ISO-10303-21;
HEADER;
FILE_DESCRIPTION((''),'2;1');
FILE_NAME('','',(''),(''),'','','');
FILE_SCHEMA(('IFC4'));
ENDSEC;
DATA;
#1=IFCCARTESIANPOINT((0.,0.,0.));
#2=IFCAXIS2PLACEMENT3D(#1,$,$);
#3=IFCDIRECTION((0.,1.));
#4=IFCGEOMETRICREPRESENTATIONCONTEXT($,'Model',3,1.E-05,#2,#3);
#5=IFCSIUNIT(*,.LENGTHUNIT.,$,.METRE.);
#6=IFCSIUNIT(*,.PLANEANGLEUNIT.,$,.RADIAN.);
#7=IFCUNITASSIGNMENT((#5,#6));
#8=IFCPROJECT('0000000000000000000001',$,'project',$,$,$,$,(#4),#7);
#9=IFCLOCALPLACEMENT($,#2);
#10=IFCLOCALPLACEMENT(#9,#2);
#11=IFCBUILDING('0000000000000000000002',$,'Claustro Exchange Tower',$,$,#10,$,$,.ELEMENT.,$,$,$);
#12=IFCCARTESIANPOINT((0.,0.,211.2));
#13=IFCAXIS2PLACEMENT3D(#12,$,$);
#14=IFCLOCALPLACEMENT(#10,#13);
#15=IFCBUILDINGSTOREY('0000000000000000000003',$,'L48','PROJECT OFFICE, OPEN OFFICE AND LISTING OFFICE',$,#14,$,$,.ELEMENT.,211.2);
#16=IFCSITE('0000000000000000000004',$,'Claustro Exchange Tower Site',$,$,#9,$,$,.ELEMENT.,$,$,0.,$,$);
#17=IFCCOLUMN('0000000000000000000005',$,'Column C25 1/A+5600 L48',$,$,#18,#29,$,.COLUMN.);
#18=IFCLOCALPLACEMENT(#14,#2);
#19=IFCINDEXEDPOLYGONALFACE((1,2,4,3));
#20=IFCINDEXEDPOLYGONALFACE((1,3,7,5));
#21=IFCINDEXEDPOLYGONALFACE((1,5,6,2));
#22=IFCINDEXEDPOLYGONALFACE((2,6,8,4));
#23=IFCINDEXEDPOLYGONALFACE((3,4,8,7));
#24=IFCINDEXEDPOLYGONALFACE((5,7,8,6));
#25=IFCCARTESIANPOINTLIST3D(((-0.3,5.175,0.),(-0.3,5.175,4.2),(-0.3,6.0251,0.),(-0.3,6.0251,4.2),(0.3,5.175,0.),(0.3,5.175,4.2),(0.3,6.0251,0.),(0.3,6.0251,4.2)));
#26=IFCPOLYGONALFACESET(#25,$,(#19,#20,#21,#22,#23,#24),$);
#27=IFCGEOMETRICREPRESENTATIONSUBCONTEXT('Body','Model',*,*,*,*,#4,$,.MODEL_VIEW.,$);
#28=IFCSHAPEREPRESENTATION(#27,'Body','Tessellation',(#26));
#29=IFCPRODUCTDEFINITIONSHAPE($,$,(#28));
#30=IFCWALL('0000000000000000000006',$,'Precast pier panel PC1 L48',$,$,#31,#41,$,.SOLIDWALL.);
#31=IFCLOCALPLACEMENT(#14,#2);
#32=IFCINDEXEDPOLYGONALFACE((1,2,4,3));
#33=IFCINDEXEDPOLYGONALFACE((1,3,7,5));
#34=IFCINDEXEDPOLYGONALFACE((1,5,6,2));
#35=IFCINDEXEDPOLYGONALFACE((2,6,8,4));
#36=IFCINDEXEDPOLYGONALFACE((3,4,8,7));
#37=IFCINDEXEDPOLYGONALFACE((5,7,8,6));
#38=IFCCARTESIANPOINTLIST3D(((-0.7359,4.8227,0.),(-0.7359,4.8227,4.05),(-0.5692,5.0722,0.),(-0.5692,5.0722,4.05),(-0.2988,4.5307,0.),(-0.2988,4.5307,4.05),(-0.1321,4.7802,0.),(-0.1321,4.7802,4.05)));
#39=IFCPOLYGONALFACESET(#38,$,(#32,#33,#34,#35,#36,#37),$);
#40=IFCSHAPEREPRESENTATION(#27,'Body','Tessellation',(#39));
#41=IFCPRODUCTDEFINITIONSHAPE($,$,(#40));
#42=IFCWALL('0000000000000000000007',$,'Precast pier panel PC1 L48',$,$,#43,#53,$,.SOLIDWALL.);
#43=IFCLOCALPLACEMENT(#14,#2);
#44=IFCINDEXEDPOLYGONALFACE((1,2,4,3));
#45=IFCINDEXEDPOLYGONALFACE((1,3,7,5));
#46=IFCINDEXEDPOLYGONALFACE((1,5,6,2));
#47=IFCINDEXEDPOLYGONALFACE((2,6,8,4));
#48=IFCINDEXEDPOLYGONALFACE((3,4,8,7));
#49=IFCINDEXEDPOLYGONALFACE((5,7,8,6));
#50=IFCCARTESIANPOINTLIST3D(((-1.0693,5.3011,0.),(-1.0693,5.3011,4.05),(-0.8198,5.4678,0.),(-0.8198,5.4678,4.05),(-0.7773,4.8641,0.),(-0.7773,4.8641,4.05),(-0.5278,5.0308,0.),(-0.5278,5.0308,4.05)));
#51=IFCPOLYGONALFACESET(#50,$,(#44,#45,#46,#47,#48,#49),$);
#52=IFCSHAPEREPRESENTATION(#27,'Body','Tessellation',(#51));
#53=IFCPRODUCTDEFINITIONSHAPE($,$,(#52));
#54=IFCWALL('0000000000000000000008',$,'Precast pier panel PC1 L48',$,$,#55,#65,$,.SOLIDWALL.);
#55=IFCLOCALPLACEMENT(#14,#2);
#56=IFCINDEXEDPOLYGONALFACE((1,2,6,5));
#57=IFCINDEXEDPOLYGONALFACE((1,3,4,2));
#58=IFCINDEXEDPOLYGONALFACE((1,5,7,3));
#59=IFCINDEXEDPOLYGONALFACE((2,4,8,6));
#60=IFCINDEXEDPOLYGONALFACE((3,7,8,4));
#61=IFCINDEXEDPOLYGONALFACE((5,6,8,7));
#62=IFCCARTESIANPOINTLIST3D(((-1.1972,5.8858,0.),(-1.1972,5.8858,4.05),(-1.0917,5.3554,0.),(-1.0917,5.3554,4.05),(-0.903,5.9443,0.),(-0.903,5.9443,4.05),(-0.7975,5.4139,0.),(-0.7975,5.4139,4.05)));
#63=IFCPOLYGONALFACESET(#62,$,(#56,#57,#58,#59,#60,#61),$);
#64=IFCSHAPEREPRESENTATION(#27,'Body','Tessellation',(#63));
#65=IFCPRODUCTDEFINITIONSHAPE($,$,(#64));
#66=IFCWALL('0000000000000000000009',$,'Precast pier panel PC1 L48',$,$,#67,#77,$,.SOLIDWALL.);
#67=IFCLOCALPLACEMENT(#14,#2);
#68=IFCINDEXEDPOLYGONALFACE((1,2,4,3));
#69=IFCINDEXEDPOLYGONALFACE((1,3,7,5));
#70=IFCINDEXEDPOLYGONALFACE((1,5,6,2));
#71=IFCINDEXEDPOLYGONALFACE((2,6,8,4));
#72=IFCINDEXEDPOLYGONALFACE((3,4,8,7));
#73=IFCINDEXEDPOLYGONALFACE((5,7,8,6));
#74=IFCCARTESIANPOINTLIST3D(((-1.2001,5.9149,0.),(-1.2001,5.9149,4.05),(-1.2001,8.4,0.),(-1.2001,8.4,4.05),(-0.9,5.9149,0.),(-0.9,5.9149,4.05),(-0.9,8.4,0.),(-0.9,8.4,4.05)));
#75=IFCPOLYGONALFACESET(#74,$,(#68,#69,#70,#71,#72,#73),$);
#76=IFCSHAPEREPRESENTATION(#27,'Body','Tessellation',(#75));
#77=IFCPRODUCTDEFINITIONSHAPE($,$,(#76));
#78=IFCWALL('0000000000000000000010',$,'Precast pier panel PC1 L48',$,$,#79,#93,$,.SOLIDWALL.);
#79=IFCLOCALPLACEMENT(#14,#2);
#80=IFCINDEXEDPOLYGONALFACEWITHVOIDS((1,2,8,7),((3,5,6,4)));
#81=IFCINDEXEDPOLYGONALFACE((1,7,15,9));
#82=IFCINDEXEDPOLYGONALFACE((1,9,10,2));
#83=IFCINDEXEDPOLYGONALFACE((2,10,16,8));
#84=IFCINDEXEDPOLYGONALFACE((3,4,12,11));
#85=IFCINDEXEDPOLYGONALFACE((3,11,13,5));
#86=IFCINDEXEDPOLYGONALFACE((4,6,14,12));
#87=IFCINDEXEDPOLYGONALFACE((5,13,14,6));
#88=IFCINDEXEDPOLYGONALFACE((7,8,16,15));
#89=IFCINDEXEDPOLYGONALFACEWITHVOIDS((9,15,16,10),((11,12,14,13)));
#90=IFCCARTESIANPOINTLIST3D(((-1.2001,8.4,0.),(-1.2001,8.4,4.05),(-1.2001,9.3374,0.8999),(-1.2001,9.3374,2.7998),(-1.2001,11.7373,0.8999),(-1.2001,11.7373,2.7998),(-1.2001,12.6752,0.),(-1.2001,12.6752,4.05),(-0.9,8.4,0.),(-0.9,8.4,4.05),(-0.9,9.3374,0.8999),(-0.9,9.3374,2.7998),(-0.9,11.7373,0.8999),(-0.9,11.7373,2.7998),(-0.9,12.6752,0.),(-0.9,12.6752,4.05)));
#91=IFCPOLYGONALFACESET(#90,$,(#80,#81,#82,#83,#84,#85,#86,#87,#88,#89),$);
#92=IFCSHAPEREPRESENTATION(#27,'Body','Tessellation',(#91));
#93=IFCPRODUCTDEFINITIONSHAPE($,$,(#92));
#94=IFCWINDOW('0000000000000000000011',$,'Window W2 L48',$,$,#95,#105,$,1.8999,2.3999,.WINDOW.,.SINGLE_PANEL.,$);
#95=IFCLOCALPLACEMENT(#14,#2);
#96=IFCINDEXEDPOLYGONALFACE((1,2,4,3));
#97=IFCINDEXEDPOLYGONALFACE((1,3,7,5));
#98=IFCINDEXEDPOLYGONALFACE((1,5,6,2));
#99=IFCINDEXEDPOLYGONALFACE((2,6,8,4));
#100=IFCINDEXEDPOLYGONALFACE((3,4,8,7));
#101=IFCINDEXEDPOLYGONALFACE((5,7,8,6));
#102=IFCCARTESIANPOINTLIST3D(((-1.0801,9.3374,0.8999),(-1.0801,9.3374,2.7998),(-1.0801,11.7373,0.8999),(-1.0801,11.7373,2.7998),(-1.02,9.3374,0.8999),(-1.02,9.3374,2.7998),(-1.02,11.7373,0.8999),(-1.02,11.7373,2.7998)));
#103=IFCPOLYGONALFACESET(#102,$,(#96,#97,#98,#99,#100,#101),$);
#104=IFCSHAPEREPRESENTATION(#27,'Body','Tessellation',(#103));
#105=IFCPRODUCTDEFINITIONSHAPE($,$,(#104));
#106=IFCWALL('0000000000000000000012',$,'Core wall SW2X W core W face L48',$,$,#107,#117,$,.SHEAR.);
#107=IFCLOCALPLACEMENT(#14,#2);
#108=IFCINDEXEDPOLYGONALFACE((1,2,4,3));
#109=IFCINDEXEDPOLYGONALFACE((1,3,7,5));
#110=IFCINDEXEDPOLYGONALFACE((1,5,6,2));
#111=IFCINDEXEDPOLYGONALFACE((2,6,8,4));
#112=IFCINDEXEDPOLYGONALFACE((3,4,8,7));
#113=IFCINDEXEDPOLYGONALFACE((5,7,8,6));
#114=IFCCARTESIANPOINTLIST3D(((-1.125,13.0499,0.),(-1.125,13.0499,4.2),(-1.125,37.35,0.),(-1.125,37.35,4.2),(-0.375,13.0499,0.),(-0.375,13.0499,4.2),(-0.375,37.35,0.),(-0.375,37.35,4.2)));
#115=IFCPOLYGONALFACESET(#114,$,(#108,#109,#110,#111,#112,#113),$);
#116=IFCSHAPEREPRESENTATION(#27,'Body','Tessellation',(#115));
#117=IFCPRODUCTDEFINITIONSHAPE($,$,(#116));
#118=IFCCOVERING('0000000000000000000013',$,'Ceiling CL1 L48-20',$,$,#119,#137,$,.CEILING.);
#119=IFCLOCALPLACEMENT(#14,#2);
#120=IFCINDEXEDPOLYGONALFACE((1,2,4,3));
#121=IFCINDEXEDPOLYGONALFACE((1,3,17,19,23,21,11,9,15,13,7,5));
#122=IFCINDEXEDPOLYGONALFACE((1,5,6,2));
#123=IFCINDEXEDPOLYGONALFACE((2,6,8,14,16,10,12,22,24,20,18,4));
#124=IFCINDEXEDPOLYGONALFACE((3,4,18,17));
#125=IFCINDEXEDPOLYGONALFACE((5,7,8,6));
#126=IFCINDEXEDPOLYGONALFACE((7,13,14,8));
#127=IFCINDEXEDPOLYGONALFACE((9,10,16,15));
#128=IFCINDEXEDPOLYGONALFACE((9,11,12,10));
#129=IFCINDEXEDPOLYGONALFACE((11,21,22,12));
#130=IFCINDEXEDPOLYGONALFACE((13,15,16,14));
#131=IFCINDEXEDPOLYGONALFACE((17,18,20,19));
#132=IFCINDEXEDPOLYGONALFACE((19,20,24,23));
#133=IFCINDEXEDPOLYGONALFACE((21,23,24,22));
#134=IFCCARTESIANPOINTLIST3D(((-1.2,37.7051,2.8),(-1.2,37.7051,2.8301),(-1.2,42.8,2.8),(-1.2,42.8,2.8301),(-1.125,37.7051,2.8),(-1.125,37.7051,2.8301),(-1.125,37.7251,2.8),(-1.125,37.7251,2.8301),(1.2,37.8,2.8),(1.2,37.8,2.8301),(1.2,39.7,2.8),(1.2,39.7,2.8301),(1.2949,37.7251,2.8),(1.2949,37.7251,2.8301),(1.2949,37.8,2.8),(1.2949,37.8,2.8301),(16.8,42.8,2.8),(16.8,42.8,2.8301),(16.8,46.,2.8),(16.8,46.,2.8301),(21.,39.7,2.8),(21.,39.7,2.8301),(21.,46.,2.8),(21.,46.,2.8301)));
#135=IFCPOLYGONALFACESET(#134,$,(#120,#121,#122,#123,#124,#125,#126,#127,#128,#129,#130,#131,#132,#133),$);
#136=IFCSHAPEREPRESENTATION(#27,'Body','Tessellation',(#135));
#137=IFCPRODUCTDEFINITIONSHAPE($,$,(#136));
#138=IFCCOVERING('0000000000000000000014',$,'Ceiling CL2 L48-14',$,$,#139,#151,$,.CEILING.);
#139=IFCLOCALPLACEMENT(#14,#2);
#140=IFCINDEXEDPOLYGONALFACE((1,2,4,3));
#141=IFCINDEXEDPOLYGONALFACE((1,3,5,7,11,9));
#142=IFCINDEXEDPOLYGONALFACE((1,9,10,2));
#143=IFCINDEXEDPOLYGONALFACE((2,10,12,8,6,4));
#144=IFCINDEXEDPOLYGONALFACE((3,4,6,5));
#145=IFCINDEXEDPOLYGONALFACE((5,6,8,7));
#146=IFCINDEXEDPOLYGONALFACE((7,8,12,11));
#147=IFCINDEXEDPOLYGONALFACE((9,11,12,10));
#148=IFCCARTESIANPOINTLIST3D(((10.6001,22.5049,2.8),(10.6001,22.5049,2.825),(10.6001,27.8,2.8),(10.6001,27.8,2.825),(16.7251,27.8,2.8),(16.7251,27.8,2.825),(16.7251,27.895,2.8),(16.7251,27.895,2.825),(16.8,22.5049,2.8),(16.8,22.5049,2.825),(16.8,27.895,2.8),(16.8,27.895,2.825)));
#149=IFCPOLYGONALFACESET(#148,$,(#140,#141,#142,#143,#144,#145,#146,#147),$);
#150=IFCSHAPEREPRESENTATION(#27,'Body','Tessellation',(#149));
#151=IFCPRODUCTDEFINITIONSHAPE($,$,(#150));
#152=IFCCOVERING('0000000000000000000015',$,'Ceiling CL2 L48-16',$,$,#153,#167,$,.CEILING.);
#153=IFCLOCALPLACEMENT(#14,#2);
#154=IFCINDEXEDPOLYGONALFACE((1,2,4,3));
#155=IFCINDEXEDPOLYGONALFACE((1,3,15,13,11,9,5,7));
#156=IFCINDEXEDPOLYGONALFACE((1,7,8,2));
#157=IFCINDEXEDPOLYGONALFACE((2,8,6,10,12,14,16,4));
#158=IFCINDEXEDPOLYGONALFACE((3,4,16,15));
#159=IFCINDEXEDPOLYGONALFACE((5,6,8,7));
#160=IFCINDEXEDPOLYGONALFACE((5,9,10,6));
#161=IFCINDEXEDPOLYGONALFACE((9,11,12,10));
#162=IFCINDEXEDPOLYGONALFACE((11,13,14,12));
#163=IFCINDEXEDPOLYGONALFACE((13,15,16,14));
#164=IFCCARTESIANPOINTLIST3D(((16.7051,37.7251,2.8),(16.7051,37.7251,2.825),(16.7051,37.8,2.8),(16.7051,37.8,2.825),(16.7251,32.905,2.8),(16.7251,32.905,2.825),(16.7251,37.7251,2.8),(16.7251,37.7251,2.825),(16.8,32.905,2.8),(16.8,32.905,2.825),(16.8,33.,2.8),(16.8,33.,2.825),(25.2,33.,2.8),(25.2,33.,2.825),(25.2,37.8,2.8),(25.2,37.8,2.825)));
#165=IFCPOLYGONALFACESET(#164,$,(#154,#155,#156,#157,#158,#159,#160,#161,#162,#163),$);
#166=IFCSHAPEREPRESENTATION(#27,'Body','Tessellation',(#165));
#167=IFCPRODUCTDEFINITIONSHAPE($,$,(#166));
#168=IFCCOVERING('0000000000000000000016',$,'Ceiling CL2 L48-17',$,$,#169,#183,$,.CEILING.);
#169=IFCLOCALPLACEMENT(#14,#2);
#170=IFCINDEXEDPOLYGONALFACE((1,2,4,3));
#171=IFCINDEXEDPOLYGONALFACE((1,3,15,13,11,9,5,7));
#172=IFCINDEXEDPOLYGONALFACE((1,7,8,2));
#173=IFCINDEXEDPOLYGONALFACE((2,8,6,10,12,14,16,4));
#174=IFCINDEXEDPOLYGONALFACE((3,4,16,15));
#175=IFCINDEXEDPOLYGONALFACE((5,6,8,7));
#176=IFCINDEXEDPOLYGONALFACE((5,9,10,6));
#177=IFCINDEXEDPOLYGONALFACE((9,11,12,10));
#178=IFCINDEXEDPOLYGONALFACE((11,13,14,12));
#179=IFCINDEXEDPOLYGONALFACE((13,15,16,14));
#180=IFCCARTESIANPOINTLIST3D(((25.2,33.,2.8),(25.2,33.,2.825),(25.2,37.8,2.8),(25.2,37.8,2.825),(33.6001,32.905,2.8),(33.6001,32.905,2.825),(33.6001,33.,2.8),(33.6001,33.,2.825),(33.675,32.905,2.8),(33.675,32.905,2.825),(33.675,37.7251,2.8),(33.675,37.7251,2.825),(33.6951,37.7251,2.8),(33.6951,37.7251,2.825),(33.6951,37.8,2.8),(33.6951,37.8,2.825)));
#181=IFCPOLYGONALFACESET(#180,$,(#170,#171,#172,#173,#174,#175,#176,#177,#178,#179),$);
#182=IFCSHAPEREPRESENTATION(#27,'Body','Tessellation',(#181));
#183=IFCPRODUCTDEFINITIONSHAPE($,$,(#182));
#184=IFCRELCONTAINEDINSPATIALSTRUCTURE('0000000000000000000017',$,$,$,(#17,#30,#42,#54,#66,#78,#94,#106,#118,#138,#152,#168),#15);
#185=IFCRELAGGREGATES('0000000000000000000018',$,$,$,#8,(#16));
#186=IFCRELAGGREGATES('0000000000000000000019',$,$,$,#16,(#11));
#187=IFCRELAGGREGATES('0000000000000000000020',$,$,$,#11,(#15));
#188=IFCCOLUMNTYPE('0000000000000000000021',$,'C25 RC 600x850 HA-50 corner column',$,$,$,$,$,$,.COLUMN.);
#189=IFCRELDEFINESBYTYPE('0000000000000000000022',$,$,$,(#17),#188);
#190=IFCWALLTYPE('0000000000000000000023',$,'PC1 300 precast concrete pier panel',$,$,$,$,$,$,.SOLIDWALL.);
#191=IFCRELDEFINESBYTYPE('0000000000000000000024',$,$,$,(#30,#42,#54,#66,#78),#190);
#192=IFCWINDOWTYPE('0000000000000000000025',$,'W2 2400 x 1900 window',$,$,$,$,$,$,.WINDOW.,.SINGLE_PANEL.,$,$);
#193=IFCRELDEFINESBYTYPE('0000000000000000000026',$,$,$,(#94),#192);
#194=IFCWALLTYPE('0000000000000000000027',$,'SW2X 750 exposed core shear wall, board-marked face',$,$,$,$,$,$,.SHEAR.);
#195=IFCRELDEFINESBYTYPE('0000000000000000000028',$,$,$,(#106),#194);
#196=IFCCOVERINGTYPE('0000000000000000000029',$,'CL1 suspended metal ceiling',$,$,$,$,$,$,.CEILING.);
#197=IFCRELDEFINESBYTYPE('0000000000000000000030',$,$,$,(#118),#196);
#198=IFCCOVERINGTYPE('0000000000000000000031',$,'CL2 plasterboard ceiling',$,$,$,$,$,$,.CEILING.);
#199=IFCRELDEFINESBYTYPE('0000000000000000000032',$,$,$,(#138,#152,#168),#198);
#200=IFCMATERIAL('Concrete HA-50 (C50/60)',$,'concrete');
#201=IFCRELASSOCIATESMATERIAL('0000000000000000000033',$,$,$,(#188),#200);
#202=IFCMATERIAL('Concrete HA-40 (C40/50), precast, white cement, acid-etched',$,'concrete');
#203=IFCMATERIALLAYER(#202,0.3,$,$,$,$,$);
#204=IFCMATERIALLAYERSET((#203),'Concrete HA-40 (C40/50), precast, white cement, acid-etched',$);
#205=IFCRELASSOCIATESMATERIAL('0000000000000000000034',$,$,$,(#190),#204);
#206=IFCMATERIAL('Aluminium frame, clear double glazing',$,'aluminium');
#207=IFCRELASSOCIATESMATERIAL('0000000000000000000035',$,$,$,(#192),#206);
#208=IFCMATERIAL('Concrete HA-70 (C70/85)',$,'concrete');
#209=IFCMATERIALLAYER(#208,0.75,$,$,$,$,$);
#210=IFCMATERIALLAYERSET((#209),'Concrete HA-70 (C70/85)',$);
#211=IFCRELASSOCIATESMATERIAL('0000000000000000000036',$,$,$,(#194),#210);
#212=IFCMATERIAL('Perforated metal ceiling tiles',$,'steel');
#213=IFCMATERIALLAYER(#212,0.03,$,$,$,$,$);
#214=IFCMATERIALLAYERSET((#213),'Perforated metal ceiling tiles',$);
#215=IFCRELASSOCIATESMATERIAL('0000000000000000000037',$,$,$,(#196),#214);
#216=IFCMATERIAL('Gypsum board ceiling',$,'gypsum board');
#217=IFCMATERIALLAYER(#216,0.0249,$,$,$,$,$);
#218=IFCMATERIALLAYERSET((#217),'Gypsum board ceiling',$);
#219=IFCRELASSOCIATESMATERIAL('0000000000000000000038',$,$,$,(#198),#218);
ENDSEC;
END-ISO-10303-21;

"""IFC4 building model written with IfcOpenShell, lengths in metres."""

from ifc_helpers import new_model, si_unit, direction, frame, frame_2d, origin, origin_2d, place, context, subcontext, project, spatial, polyline, rectangle, outline, extrude, material, layer, layer_set, material_profile, profile_set, type_object, element, fill, save


model = new_model("IFC4")

# Units and contexts
model_context = context("Model", 3, precision=1e-05, world=origin(), true_north=direction((0.0, 1.0)))
body_context = subcontext(model_context, "Body", "Model", "MODEL_VIEW")
ifc_project = project(units=[si_unit("LENGTHUNIT", "METRE"), si_unit("PLANEANGLEUNIT", "RADIAN")], contexts=[model_context])

# Site, building, storey
site_placement = place(None, origin())
site = spatial("IfcSite", under=ifc_project, at=site_placement, Name="Claustro Exchange Tower Site", CompositionType="ELEMENT", RefElevation=0.0)
building_placement = place(site_placement, origin())
building = spatial("IfcBuilding", under=site, at=building_placement, Name="Claustro Exchange Tower", CompositionType="ELEMENT")
storey_placement = place(building_placement, frame((0.0, 0.0, 211.2)))
storey = spatial("IfcBuildingStorey", under=building, at=storey_placement, Name="L48", Description="PROJECT OFFICE, OPEN OFFICE AND LISTING OFFICE", CompositionType="ELEMENT", Elevation=211.2)

# Column
ifc_material_1 = material(Name="Concrete HA-50 (C50/60)", Category="concrete")
ifc_material_profile = material_profile(ifc_material_1, rectangle(XDim=0.6001, YDim=0.8501, at=origin_2d()), Name="RC 600x850")
ifc_profile_set = profile_set([ifc_material_profile], Name="Concrete HA-50 (C50/60)")
column_type = type_object("IfcColumnType", Name="C25 RC 600x850 HA-50 corner column", PredefinedType="COLUMN", material=ifc_profile_set)
column_placement = place(storey_placement, frame((0.0, 5.6001, 0.0), z_axis=(0.0, 0.0, 1.0), x_axis=(1.0, 0.0, 0.0)))
element("IfcColumn", 1, at=column_placement, inside=storey, type_object=column_type, Name="Column C25 1/A+5600 L48", PredefinedType="COLUMN", context=body_context, shape_type="SweptSolid", body=[
    extrude(rectangle(XDim=0.6001, YDim=0.8501, at=origin_2d()), origin(), (0.0, 0.0, 1.0), 4.2),
])

# Walls
ifc_material_2 = material(Name="Concrete HA-40 (C40/50), precast, white cement, acid-etched", Category="concrete")
ifc_layer_1 = layer(ifc_material_2, 0.3)
ifc_layer_set_1 = layer_set([ifc_layer_1], Name="Concrete HA-40 (C40/50), precast, white cement, acid-etched")
wall_type_1 = type_object("IfcWallType", Name="PC1 300 precast concrete pier panel", PredefinedType="SOLIDWALL", material=ifc_layer_set_1)
for number, where, z_axis, x_axis, name in (
    (2, (-0.2156, 4.6555, 0.0), (0.0, 0.0, 1.0), (-0.831478, 0.555557, 0.0), "Precast pier panel PC1 L48"),
    (3, (-0.6526, 4.9475, 0.0), (0.0, 0.0, 1.0), (-0.555557, 0.831478, 0.0), "Precast pier panel PC1 L48"),
):
    element("IfcWall", number, at=place(storey_placement, frame(where, z_axis=z_axis, x_axis=x_axis)), inside=storey, type_object=wall_type_1, Name=name, PredefinedType="SOLIDWALL", context=body_context, shape_type="SweptSolid", body=[
        extrude(rectangle(XDim=0.5256, YDim=0.3, at=frame_2d((0.2627, 0.0))), origin(), (0.0, 0.0, 1.0), 4.05),
    ])
wall_1_placement = place(storey_placement, frame((-0.9446, 5.3845, 0.0), z_axis=(0.0, 0.0, 1.0), x_axis=(-0.195074, 0.980789, 0.0)))
element("IfcWall", 4, at=wall_1_placement, inside=storey, type_object=wall_type_1, Name="Precast pier panel PC1 L48", PredefinedType="SOLIDWALL", context=body_context, shape_type="SweptSolid", body=[
    extrude(rectangle(XDim=0.5408, YDim=0.3, at=frame_2d((0.2705, 0.0))), origin(), (0.0, 0.0, 1.0), 4.05),
])
wall_2_placement = place(storey_placement, frame((-1.05, 5.9148, 0.0), z_axis=(0.0, 0.0, 1.0), x_axis=(0.0, 1.0, 0.0)))
element("IfcWall", 5, at=wall_2_placement, inside=storey, type_object=wall_type_1, Name="Precast pier panel PC1 L48", PredefinedType="SOLIDWALL", context=body_context, shape_type="SweptSolid", body=[
    extrude(rectangle(XDim=2.4851, YDim=0.3, at=frame_2d((1.2427, 0.0))), origin(), (0.0, 0.0, 1.0), 4.05),
])

# Wall, opening, window
wall_3_placement = place(storey_placement, frame((-1.05, 8.3999, 0.0), z_axis=(0.0, 0.0, 1.0), x_axis=(0.0, 1.0, 0.0)))
wall_3 = element("IfcWall", 6, at=wall_3_placement, inside=storey, type_object=wall_type_1, Name="Precast pier panel PC1 L48", PredefinedType="SOLIDWALL", context=body_context, shape_type="SweptSolid", body=[
    extrude(rectangle(XDim=4.2751, YDim=0.3, at=frame_2d((2.1377, 0.0))), origin(), (0.0, 0.0, 1.0), 4.05),
])
opening_1_placement = place(wall_3_placement, frame((0.9375, 0.0, 0.8999)))
opening_1 = element("IfcOpeningElement", 7, at=opening_1_placement, cuts=wall_3, PredefinedType="OPENING", context=body_context, shape_type="SweptSolid", body=[
    extrude(rectangle(XDim=2.3999, YDim=1.8999, at=frame_2d((1.2, 0.95))), frame((0.0, 0.1599, 0.0), z_axis=(0.0, -1.0, 0.0), x_axis=(1.0, 0.0, 0.0)), (0.0, 0.0, 1.0), 0.3201),
])
ifc_material_3 = material(Name="Aluminium frame, clear double glazing", Category="aluminium")
window_type = type_object("IfcWindowType", Name="W2 2400 x 1900 window", PartitioningType="SINGLE_PANEL", PredefinedType="WINDOW", material=ifc_material_3)
window_placement = place(opening_1_placement, origin())
window = element("IfcWindow", 8, at=window_placement, inside=storey, type_object=window_type, Name="Window W2 L48", OverallHeight=1.8999, OverallWidth=2.3999, PartitioningType="SINGLE_PANEL", PredefinedType="WINDOW", context=body_context, shape_type="SweptSolid", body=[
    extrude(rectangle(XDim=2.3999, YDim=1.8999, at=frame_2d((1.2, 0.95))), frame((0.0, 0.03, 0.0), z_axis=(0.0, -1.0, 0.0), x_axis=(1.0, 0.0, 0.0)), (0.0, 0.0, 1.0), 0.0601),
])
fill(opening_1, window)

# Wall
ifc_material_4 = material(Name="Concrete HA-70 (C70/85)", Category="concrete")
ifc_layer_2 = layer(ifc_material_4, 0.75)
ifc_layer_set_2 = layer_set([ifc_layer_2], Name="Concrete HA-70 (C70/85)")
wall_type_2 = type_object("IfcWallType", Name="SW2X 750 exposed core shear wall, board-marked face", PredefinedType="SHEAR", material=ifc_layer_set_2)
wall_4_placement = place(storey_placement, frame((-0.75, 13.05, 0.0), z_axis=(0.0, 0.0, 1.0), x_axis=(0.0, 1.0, 0.0)))
element("IfcWall", 9, at=wall_4_placement, inside=storey, type_object=wall_type_2, Name="Core wall SW2X W core W face L48", PredefinedType="SHEAR", context=body_context, shape_type="SweptSolid", body=[
    extrude(rectangle(XDim=24.3, YDim=0.75, at=frame_2d((12.1499, 0.0))), origin(), (0.0, 0.0, 1.0), 4.2),
])

# Coverings
ifc_material_5 = material(Name="Perforated metal ceiling tiles", Category="steel")
ifc_layer_3 = layer(ifc_material_5, 0.03)
ifc_layer_set_3 = layer_set([ifc_layer_3], Name="Perforated metal ceiling tiles")
covering_type_1 = type_object("IfcCoveringType", Name="CL1 suspended metal ceiling", PredefinedType="CEILING", material=ifc_layer_set_3)
covering_1_placement = place(storey_placement, frame((0.0, 0.0, 2.8)))
element("IfcCovering", 10, at=covering_1_placement, inside=storey, type_object=covering_type_1, Name="Ceiling CL1 L48-20", PredefinedType="CEILING", context=body_context, shape_type="SweptSolid", body=[
    extrude(outline(polyline([(-1.125, 37.7251), (1.2949, 37.7251), (1.2949, 37.8), (1.2, 37.8), (1.2, 39.7), (21.0, 39.7), (21.0, 46.0), (16.8, 46.0), (16.8, 42.8), (-1.2, 42.8), (-1.2, 37.7051), (-1.125, 37.7051), (-1.125, 37.7251)])), origin(), (0.0, 0.0, 1.0), 0.03),
])
ifc_material_6 = material(Name="Gypsum board ceiling", Category="gypsum board")
ifc_layer_4 = layer(ifc_material_6, 0.0249)
ifc_layer_set_4 = layer_set([ifc_layer_4], Name="Gypsum board ceiling")
covering_type_2 = type_object("IfcCoveringType", Name="CL2 plasterboard ceiling", PredefinedType="CEILING", material=ifc_layer_set_4)
covering_2_placement = place(storey_placement, frame((0.0, 0.0, 2.8)))
element("IfcCovering", 11, at=covering_2_placement, inside=storey, type_object=covering_type_2, Name="Ceiling CL2 L48-14", PredefinedType="CEILING", context=body_context, shape_type="SweptSolid", body=[
    extrude(outline(polyline([(10.6001, 27.8), (10.6001, 22.5049), (16.8, 22.5049), (16.8, 27.895), (16.7251, 27.895), (16.7251, 27.8), (10.6001, 27.8)])), origin(), (0.0, 0.0, 1.0), 0.0249),
])
covering_3_placement = place(storey_placement, frame((0.0, 0.0, 2.8)))
element("IfcCovering", 12, at=covering_3_placement, inside=storey, type_object=covering_type_2, Name="Ceiling CL2 L48-16", PredefinedType="CEILING", context=body_context, shape_type="SweptSolid", body=[
    extrude(outline(polyline([(25.2, 37.8), (16.7051, 37.8), (16.7051, 37.7251), (16.7251, 37.7251), (16.7251, 32.905), (16.8, 32.905), (16.8, 33.0), (25.2, 33.0), (25.2, 37.8)])), origin(), (0.0, 0.0, 1.0), 0.0249),
])
covering_4_placement = place(storey_placement, frame((0.0, 0.0, 2.8)))
element("IfcCovering", 13, at=covering_4_placement, inside=storey, type_object=covering_type_2, Name="Ceiling CL2 L48-17", PredefinedType="CEILING", context=body_context, shape_type="SweptSolid", body=[
    extrude(outline(polyline([(33.6001, 33.0), (33.6001, 32.905), (33.675, 32.905), (33.675, 37.7251), (33.6951, 37.7251), (33.6951, 37.8), (25.2, 37.8), (25.2, 33.0), (33.6001, 33.0)])), origin(), (0.0, 0.0, 1.0), 0.0249),
])

save(model, "model.ifc")
